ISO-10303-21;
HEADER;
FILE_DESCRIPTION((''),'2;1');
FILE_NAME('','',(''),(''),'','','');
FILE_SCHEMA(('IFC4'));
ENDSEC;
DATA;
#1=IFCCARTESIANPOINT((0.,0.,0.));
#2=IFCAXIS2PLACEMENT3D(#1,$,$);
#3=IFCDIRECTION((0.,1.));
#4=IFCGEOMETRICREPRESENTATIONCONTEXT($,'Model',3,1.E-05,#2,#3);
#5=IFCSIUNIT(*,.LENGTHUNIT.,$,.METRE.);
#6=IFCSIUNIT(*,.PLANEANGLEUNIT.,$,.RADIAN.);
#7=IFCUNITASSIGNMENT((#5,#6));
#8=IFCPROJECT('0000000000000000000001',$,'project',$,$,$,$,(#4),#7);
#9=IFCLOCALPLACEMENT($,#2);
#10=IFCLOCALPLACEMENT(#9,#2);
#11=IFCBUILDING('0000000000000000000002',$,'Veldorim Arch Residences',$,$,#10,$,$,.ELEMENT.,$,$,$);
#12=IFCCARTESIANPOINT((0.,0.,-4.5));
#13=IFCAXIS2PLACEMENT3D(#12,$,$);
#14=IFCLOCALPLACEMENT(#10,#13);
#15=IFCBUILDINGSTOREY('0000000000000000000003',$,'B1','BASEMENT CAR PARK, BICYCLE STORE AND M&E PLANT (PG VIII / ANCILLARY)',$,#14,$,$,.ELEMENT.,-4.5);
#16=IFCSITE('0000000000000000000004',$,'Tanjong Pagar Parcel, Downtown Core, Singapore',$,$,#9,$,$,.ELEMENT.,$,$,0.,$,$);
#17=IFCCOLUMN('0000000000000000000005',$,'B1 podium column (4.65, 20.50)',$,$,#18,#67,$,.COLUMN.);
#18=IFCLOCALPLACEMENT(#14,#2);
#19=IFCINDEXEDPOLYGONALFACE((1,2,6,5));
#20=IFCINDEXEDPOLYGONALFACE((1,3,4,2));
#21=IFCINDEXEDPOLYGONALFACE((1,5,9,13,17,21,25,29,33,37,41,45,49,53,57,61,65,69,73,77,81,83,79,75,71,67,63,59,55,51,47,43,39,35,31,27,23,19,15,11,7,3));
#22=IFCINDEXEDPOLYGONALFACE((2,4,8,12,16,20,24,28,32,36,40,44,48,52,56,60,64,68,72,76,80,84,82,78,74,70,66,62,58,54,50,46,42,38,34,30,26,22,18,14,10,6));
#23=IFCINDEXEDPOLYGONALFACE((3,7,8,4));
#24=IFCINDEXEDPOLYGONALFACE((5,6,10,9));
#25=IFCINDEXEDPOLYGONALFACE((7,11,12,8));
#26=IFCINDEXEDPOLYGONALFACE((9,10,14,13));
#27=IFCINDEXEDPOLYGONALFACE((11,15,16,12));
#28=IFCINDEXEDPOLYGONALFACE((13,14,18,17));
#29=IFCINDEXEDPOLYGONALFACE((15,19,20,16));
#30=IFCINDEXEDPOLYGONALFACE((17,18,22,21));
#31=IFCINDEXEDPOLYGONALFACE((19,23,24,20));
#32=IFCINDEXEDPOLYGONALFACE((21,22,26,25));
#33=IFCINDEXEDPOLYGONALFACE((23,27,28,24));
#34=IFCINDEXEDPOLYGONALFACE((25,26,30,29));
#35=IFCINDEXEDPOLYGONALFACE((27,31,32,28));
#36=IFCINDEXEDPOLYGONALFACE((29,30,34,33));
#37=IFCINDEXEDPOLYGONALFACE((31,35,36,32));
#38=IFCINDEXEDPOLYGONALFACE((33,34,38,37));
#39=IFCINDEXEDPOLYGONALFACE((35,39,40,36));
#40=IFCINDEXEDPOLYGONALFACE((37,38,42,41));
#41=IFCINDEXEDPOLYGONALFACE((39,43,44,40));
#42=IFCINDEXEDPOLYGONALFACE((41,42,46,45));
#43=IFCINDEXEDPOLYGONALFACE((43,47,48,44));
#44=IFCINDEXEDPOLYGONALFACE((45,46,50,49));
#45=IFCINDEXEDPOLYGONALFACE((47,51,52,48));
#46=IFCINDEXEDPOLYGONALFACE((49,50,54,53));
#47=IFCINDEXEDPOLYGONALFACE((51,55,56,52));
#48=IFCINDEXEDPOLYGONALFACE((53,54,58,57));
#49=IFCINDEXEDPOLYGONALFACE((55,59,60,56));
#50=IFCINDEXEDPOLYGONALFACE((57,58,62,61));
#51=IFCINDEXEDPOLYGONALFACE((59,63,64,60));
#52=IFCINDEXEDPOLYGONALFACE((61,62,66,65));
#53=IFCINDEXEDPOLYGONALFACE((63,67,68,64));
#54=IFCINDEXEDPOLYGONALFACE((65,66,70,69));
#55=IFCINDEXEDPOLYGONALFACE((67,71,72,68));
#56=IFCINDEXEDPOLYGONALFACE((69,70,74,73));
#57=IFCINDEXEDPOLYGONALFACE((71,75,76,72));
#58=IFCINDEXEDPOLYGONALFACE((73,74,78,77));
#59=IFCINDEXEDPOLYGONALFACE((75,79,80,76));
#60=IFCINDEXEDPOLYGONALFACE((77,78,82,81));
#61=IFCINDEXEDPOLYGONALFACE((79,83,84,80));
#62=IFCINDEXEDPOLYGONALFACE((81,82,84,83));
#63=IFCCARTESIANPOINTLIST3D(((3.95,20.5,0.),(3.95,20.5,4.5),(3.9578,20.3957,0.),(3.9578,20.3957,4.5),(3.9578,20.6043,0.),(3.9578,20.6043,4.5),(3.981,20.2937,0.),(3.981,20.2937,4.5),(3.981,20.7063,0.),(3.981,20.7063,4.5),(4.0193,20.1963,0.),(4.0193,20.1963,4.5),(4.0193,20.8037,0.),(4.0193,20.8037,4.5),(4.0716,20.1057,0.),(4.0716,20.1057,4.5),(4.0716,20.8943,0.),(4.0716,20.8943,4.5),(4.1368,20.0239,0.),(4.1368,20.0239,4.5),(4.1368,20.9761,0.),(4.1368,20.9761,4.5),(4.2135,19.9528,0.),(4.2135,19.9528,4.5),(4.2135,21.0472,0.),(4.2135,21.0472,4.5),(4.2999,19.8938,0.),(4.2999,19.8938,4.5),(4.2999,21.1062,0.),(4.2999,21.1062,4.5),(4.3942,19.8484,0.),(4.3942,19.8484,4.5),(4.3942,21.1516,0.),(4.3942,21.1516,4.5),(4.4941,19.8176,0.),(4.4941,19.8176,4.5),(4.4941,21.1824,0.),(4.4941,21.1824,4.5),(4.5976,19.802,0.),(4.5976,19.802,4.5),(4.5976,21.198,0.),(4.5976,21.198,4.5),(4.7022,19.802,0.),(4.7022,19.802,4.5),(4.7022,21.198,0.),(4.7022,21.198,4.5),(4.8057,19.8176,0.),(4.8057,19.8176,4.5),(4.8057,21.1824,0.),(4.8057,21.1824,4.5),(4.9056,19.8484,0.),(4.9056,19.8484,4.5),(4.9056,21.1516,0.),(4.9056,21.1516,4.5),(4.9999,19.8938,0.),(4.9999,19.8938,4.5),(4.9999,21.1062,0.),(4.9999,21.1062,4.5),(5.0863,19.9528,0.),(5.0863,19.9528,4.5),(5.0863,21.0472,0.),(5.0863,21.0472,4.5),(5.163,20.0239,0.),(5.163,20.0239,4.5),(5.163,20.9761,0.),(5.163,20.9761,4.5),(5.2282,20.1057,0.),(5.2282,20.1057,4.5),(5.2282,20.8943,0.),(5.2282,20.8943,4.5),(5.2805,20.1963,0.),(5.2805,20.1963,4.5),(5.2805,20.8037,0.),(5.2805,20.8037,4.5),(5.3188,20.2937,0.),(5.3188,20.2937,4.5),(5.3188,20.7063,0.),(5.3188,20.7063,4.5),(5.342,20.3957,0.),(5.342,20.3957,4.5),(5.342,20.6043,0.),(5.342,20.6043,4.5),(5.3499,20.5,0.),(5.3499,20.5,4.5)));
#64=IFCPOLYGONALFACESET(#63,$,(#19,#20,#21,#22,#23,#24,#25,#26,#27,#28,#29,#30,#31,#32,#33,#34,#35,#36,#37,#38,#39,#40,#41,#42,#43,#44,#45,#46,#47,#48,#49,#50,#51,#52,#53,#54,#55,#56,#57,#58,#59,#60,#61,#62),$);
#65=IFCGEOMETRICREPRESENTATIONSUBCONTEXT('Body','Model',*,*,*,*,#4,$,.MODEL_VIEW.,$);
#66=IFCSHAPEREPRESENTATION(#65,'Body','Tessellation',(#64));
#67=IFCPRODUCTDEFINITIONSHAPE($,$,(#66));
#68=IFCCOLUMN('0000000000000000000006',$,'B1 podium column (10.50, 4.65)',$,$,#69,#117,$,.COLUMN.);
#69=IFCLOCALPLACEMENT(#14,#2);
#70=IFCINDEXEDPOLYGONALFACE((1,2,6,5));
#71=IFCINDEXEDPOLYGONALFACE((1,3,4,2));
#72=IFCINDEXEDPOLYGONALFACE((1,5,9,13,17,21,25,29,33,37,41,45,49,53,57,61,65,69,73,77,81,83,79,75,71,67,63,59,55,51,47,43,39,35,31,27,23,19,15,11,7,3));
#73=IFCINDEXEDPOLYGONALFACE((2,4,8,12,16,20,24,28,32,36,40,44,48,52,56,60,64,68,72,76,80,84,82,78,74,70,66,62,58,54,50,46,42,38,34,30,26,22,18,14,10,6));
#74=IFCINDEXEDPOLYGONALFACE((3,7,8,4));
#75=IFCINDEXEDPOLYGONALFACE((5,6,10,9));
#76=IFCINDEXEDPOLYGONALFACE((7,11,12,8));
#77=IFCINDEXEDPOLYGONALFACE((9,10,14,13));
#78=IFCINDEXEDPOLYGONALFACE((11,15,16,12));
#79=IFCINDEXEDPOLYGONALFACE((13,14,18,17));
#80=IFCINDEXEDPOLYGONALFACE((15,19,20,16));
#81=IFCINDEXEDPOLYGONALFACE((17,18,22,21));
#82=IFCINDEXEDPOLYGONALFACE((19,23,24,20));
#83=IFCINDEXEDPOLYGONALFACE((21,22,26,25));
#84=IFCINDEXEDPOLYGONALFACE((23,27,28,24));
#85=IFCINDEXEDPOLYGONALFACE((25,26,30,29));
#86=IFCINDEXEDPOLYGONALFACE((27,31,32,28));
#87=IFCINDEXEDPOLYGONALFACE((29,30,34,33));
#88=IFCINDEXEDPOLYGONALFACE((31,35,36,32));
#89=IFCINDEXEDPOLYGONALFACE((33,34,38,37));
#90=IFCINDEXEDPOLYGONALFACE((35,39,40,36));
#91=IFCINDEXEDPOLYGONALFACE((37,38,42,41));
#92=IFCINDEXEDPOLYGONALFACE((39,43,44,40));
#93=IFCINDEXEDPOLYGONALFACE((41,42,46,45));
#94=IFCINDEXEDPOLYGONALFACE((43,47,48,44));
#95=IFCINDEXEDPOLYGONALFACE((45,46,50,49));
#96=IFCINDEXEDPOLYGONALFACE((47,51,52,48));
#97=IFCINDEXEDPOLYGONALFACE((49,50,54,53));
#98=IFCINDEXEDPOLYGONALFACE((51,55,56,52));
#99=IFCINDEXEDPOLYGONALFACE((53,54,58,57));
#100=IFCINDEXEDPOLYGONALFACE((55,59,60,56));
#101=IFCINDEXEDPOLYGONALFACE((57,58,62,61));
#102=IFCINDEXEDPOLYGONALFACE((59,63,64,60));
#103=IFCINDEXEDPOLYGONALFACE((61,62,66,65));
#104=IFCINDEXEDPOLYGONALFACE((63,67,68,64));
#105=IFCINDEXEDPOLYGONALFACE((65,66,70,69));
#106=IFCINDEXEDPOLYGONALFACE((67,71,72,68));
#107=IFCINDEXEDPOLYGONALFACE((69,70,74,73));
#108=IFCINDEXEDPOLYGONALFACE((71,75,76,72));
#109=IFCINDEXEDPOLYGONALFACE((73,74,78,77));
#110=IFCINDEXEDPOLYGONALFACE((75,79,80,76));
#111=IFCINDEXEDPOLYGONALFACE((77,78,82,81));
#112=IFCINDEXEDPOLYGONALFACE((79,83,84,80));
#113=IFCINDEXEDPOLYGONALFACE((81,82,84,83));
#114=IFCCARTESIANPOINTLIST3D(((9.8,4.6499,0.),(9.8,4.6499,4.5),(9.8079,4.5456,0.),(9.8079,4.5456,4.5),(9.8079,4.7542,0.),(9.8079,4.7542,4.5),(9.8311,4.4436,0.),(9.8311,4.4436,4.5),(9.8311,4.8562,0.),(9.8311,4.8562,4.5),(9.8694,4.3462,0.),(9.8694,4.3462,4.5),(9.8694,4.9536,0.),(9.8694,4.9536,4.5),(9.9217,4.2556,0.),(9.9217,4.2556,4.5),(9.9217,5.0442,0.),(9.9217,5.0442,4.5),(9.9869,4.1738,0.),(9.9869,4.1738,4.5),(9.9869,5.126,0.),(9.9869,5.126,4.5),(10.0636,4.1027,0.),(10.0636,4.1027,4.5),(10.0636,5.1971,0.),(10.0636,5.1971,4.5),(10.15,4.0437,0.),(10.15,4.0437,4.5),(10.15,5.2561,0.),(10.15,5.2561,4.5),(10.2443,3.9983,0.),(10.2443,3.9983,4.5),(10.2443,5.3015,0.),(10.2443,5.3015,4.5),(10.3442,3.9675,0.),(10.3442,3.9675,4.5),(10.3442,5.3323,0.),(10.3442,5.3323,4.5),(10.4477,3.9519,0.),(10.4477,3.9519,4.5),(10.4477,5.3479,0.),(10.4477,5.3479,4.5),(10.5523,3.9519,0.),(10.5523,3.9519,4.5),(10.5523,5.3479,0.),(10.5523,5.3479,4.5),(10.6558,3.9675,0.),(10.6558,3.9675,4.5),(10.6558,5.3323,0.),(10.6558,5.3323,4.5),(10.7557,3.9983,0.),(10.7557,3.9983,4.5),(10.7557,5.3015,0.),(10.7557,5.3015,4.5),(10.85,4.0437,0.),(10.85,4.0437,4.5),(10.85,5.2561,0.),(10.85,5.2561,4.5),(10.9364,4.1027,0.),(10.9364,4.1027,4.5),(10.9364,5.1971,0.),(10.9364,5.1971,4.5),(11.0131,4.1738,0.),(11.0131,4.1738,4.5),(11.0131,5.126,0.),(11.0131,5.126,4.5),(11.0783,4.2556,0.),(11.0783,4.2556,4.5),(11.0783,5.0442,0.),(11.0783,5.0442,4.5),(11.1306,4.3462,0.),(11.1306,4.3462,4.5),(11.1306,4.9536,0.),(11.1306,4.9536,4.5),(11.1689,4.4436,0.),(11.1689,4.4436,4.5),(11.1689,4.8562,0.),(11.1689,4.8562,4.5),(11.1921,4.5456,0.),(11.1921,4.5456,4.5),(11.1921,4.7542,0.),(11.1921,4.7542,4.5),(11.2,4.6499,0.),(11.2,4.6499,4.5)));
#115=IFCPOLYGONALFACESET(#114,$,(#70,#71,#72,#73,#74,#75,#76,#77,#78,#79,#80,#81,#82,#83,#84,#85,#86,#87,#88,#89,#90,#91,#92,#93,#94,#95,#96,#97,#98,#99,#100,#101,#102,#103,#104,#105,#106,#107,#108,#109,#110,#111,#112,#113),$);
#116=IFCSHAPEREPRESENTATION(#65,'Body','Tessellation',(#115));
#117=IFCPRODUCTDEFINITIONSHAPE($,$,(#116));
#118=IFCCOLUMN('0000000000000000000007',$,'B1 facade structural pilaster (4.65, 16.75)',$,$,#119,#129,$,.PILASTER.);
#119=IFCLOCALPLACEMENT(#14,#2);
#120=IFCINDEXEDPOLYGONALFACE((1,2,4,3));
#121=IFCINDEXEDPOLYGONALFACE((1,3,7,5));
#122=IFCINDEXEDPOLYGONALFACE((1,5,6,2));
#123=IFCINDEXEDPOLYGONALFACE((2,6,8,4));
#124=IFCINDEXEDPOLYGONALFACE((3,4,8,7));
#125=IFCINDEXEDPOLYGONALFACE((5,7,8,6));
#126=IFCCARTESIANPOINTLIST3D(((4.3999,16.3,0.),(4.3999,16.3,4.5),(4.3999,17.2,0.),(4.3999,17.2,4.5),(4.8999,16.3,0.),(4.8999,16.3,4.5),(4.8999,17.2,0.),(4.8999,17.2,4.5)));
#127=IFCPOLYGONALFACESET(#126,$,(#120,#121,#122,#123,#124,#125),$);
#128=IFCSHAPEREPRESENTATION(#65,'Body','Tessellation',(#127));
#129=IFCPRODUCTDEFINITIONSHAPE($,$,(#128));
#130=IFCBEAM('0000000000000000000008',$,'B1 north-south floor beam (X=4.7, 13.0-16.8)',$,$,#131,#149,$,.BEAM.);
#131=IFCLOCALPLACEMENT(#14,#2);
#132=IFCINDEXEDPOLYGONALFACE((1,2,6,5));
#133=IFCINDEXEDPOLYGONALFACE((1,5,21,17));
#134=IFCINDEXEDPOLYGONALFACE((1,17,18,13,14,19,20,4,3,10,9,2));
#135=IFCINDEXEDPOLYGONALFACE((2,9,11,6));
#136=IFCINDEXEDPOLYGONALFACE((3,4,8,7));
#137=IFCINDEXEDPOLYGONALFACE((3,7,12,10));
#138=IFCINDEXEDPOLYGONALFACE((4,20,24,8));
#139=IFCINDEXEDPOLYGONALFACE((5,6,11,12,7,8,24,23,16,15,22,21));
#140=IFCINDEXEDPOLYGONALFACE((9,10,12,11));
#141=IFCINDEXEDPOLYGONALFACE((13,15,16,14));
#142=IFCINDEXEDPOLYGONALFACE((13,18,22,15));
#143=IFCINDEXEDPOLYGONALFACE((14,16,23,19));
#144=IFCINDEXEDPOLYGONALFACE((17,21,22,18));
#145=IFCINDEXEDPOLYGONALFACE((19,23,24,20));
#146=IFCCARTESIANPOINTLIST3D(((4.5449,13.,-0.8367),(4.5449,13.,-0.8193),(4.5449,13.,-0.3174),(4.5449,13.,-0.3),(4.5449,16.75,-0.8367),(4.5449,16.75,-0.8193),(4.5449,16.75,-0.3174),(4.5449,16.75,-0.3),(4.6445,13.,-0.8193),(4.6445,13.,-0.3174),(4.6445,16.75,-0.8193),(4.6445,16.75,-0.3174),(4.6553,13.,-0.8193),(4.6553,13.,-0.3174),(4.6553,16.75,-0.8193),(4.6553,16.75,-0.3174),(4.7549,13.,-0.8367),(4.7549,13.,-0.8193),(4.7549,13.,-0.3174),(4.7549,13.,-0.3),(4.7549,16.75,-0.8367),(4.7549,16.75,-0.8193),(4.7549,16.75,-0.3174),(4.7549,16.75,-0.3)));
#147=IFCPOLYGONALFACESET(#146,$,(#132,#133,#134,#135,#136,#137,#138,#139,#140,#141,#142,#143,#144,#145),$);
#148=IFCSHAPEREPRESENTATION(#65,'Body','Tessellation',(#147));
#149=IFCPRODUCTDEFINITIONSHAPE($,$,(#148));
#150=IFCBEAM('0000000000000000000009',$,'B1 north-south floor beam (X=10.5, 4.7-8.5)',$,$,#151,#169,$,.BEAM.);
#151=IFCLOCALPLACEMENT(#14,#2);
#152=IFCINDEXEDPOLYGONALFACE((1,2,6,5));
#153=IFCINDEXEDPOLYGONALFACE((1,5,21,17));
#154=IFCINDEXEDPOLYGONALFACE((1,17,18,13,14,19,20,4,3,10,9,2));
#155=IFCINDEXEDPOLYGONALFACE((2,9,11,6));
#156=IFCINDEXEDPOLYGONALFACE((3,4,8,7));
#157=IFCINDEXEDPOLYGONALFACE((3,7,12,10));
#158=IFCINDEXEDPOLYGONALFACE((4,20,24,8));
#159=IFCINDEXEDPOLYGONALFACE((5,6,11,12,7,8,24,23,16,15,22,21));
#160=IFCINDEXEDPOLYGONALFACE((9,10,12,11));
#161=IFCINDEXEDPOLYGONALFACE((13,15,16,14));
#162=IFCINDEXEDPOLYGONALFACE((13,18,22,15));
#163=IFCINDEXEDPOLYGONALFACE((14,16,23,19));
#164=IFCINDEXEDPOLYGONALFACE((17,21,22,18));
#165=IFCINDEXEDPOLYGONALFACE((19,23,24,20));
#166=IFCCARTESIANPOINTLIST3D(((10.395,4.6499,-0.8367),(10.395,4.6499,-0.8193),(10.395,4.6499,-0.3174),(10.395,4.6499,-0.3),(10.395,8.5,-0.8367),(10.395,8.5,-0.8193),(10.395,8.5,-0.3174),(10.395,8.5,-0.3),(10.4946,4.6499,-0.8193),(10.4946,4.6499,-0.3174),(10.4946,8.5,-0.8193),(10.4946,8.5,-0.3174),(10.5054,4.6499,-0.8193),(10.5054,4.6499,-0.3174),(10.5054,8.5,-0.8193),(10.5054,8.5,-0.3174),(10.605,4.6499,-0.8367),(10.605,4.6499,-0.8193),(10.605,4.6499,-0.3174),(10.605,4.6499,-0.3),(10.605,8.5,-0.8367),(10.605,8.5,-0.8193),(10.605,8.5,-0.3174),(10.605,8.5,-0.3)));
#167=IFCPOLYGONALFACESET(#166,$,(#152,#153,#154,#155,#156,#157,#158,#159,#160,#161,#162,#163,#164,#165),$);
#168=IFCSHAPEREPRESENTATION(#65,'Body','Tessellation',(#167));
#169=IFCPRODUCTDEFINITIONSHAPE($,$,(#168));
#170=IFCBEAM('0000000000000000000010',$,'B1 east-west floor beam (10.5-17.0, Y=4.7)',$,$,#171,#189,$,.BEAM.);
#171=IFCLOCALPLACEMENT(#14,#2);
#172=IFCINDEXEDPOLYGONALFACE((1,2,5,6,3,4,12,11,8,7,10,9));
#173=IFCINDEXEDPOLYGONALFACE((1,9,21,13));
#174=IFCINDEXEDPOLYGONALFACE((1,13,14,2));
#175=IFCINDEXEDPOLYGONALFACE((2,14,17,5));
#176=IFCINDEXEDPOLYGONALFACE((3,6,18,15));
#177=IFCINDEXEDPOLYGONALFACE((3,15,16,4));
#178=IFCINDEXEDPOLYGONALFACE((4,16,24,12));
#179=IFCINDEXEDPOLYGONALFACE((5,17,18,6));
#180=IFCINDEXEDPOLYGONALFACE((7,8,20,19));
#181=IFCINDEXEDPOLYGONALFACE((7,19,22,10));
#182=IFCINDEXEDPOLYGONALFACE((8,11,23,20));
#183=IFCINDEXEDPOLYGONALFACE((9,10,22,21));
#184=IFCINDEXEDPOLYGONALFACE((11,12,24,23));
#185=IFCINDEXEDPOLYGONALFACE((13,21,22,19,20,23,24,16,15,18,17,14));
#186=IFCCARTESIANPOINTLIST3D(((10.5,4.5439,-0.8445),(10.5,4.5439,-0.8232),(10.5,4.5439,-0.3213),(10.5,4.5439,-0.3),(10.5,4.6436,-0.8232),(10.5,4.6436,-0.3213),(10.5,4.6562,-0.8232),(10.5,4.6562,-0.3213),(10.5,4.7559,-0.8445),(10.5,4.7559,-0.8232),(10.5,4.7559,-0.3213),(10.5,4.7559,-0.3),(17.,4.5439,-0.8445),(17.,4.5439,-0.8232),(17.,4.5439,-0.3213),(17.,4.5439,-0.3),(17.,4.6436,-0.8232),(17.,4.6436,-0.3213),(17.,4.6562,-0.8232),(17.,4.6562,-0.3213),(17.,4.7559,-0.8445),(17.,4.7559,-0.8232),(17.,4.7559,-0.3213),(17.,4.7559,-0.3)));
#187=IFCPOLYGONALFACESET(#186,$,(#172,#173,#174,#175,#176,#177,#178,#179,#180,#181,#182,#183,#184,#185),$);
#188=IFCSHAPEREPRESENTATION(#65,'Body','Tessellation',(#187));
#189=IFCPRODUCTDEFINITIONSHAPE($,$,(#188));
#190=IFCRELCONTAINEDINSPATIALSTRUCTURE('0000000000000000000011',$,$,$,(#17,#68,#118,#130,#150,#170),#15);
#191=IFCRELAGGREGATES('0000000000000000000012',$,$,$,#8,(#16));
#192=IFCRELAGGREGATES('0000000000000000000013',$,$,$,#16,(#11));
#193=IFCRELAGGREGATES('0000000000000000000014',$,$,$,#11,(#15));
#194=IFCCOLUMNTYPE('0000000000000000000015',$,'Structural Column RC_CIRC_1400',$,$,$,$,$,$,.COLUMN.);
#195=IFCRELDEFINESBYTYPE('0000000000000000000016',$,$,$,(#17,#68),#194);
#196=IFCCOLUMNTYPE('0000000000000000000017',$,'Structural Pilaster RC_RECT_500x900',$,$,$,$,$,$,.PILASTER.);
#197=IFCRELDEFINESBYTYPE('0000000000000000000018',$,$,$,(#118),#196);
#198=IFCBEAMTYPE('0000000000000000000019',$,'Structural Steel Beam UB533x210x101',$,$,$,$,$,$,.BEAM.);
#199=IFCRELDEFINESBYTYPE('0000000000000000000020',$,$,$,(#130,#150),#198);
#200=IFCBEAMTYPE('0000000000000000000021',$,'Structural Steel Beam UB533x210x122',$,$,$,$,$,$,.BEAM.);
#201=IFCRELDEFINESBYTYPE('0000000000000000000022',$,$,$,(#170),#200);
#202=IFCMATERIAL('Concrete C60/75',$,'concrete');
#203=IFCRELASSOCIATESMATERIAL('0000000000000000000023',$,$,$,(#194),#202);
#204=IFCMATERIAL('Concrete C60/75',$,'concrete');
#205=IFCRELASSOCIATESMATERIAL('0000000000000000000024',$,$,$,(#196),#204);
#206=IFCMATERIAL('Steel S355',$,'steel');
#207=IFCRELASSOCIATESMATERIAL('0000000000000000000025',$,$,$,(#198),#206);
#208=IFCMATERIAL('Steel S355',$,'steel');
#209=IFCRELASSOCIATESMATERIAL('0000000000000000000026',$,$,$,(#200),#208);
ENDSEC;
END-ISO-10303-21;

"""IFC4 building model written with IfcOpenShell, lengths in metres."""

from ifc_helpers import new_model, si_unit, direction, frame, origin, origin_2d, place, context, subcontext, project, spatial, rectangle, circle, i_section, extrude, material, material_profile, profile_set, type_object, element, save


model = new_model("IFC4")

# Units and contexts
model_context = context("Model", 3, precision=1e-05, world=origin(), true_north=direction((0.0, 1.0)))
body_context = subcontext(model_context, "Body", "Model", "MODEL_VIEW")
ifc_project = project(units=[si_unit("LENGTHUNIT", "METRE"), si_unit("PLANEANGLEUNIT", "RADIAN")], contexts=[model_context])

# Site, building, storey
site_placement = place(None, origin())
site = spatial("IfcSite", under=ifc_project, at=site_placement, Name="Tanjong Pagar Parcel, Downtown Core, Singapore", CompositionType="ELEMENT", RefElevation=0.0)
building_placement = place(site_placement, origin())
building = spatial("IfcBuilding", under=site, at=building_placement, Name="Veldorim Arch Residences", CompositionType="ELEMENT")
storey_placement = place(building_placement, frame((0.0, 0.0, -4.5)))
storey = spatial("IfcBuildingStorey", under=building, at=storey_placement, Name="B1", Description="BASEMENT CAR PARK, BICYCLE STORE AND M&E PLANT (PG VIII / ANCILLARY)", CompositionType="ELEMENT", Elevation=-4.5)

# Columns
ifc_material_1 = material(Name="Concrete C60/75", Category="concrete")
ifc_material_profile_1 = material_profile(ifc_material_1, circle(Radius=0.7, at=origin_2d()), Name="RC_CIRC_1400")
ifc_profile_set_1 = profile_set([ifc_material_profile_1], Name="Concrete C60/75")
column_type_1 = type_object("IfcColumnType", Name="Structural Column RC_CIRC_1400", PredefinedType="COLUMN", material=ifc_profile_set_1)
for number, where, z_axis, x_axis, name in (
    (1, (4.6499, 20.5, 0.0), (0.0, 0.0, 1.0), (1.0, 0.0, 0.0), "B1 podium column (4.65, 20.50)"),
    (2, (10.5, 4.6499, 0.0), (0.0, 0.0, 1.0), (1.0, 0.0, 0.0), "B1 podium column (10.50, 4.65)"),
):
    element("IfcColumn", number, at=place(storey_placement, frame(where, z_axis=z_axis, x_axis=x_axis)), inside=storey, type_object=column_type_1, Name=name, PredefinedType="COLUMN", context=body_context, shape_type="SweptSolid", body=[
        extrude(circle(Radius=0.7, at=origin_2d()), origin(), (0.0, 0.0, 1.0), 4.5),
    ])
ifc_material_2 = material(Name="Concrete C60/75", Category="concrete")
ifc_material_profile_2 = material_profile(ifc_material_2, rectangle(XDim=0.5, YDim=0.8999, at=origin_2d()), Name="RC_RECT_500x900")
ifc_profile_set_2 = profile_set([ifc_material_profile_2], Name="Concrete C60/75")
column_type_2 = type_object("IfcColumnType", Name="Structural Pilaster RC_RECT_500x900", PredefinedType="PILASTER", material=ifc_profile_set_2)
column_placement = place(storey_placement, frame((4.6499, 16.75, 0.0), z_axis=(0.0, 0.0, 1.0), x_axis=(1.0, 0.0, 0.0)))
element("IfcColumn", 3, at=column_placement, inside=storey, type_object=column_type_2, Name="B1 facade structural pilaster (4.65, 16.75)", PredefinedType="PILASTER", context=body_context, shape_type="SweptSolid", body=[
    extrude(rectangle(XDim=0.5, YDim=0.8999, at=origin_2d()), origin(), (0.0, 0.0, 1.0), 4.5),
])

# Beams
ifc_material_3 = material(Name="Steel S355", Category="steel")
ifc_material_profile_3 = material_profile(ifc_material_3, i_section(OverallWidth=0.21, OverallDepth=0.5366, WebThickness=0.0107, FlangeThickness=0.0173, at=origin_2d()), Name="UB533x210x101")
ifc_profile_set_3 = profile_set([ifc_material_profile_3], Name="Steel S355")
beam_type_1 = type_object("IfcBeamType", Name="Structural Steel Beam UB533x210x101", PredefinedType="BEAM", material=ifc_profile_set_3)
beam_1_placement = place(storey_placement, frame((4.6499, 13.0, -0.5684), z_axis=(0.0, 1.0, 0.0), x_axis=(-1.0, 0.0, 0.0)))
element("IfcBeam", 4, at=beam_1_placement, inside=storey, type_object=beam_type_1, Name="B1 north-south floor beam (X=4.7, 13.0-16.8)", PredefinedType="BEAM", context=body_context, shape_type="SweptSolid", body=[
    extrude(i_section(OverallWidth=0.21, OverallDepth=0.5366, WebThickness=0.0107, FlangeThickness=0.0173, at=origin_2d()), origin(), (0.0, 0.0, 1.0), 3.75),
])
beam_2_placement = place(storey_placement, frame((10.5, 4.6499, -0.5684), z_axis=(0.0, 1.0, 0.0), x_axis=(-1.0, 0.0, 0.0)))
element("IfcBeam", 5, at=beam_2_placement, inside=storey, type_object=beam_type_1, Name="B1 north-south floor beam (X=10.5, 4.7-8.5)", PredefinedType="BEAM", context=body_context, shape_type="SweptSolid", body=[
    extrude(i_section(OverallWidth=0.21, OverallDepth=0.5366, WebThickness=0.0107, FlangeThickness=0.0173, at=origin_2d()), origin(), (0.0, 0.0, 1.0), 3.8501),
])
ifc_material_4 = material(Name="Steel S355", Category="steel")
ifc_material_profile_4 = material_profile(ifc_material_4, i_section(OverallWidth=0.2119, OverallDepth=0.5444, WebThickness=0.0127, FlangeThickness=0.0212, at=origin_2d()), Name="UB533x210x122")
ifc_profile_set_4 = profile_set([ifc_material_profile_4], Name="Steel S355")
beam_type_2 = type_object("IfcBeamType", Name="Structural Steel Beam UB533x210x122", PredefinedType="BEAM", material=ifc_profile_set_4)
beam_3_placement = place(storey_placement, frame((10.5, 4.6499, -0.5723), z_axis=(1.0, 0.0, 0.0), x_axis=(0.0, 1.0, 0.0)))
element("IfcBeam", 6, at=beam_3_placement, inside=storey, type_object=beam_type_2, Name="B1 east-west floor beam (10.5-17.0, Y=4.7)", PredefinedType="BEAM", context=body_context, shape_type="SweptSolid", body=[
    extrude(i_section(OverallWidth=0.2119, OverallDepth=0.5444, WebThickness=0.0127, FlangeThickness=0.0212, at=origin_2d()), origin(), (0.0, 0.0, 1.0), 6.5),
])

save(model, "model.ifc")
